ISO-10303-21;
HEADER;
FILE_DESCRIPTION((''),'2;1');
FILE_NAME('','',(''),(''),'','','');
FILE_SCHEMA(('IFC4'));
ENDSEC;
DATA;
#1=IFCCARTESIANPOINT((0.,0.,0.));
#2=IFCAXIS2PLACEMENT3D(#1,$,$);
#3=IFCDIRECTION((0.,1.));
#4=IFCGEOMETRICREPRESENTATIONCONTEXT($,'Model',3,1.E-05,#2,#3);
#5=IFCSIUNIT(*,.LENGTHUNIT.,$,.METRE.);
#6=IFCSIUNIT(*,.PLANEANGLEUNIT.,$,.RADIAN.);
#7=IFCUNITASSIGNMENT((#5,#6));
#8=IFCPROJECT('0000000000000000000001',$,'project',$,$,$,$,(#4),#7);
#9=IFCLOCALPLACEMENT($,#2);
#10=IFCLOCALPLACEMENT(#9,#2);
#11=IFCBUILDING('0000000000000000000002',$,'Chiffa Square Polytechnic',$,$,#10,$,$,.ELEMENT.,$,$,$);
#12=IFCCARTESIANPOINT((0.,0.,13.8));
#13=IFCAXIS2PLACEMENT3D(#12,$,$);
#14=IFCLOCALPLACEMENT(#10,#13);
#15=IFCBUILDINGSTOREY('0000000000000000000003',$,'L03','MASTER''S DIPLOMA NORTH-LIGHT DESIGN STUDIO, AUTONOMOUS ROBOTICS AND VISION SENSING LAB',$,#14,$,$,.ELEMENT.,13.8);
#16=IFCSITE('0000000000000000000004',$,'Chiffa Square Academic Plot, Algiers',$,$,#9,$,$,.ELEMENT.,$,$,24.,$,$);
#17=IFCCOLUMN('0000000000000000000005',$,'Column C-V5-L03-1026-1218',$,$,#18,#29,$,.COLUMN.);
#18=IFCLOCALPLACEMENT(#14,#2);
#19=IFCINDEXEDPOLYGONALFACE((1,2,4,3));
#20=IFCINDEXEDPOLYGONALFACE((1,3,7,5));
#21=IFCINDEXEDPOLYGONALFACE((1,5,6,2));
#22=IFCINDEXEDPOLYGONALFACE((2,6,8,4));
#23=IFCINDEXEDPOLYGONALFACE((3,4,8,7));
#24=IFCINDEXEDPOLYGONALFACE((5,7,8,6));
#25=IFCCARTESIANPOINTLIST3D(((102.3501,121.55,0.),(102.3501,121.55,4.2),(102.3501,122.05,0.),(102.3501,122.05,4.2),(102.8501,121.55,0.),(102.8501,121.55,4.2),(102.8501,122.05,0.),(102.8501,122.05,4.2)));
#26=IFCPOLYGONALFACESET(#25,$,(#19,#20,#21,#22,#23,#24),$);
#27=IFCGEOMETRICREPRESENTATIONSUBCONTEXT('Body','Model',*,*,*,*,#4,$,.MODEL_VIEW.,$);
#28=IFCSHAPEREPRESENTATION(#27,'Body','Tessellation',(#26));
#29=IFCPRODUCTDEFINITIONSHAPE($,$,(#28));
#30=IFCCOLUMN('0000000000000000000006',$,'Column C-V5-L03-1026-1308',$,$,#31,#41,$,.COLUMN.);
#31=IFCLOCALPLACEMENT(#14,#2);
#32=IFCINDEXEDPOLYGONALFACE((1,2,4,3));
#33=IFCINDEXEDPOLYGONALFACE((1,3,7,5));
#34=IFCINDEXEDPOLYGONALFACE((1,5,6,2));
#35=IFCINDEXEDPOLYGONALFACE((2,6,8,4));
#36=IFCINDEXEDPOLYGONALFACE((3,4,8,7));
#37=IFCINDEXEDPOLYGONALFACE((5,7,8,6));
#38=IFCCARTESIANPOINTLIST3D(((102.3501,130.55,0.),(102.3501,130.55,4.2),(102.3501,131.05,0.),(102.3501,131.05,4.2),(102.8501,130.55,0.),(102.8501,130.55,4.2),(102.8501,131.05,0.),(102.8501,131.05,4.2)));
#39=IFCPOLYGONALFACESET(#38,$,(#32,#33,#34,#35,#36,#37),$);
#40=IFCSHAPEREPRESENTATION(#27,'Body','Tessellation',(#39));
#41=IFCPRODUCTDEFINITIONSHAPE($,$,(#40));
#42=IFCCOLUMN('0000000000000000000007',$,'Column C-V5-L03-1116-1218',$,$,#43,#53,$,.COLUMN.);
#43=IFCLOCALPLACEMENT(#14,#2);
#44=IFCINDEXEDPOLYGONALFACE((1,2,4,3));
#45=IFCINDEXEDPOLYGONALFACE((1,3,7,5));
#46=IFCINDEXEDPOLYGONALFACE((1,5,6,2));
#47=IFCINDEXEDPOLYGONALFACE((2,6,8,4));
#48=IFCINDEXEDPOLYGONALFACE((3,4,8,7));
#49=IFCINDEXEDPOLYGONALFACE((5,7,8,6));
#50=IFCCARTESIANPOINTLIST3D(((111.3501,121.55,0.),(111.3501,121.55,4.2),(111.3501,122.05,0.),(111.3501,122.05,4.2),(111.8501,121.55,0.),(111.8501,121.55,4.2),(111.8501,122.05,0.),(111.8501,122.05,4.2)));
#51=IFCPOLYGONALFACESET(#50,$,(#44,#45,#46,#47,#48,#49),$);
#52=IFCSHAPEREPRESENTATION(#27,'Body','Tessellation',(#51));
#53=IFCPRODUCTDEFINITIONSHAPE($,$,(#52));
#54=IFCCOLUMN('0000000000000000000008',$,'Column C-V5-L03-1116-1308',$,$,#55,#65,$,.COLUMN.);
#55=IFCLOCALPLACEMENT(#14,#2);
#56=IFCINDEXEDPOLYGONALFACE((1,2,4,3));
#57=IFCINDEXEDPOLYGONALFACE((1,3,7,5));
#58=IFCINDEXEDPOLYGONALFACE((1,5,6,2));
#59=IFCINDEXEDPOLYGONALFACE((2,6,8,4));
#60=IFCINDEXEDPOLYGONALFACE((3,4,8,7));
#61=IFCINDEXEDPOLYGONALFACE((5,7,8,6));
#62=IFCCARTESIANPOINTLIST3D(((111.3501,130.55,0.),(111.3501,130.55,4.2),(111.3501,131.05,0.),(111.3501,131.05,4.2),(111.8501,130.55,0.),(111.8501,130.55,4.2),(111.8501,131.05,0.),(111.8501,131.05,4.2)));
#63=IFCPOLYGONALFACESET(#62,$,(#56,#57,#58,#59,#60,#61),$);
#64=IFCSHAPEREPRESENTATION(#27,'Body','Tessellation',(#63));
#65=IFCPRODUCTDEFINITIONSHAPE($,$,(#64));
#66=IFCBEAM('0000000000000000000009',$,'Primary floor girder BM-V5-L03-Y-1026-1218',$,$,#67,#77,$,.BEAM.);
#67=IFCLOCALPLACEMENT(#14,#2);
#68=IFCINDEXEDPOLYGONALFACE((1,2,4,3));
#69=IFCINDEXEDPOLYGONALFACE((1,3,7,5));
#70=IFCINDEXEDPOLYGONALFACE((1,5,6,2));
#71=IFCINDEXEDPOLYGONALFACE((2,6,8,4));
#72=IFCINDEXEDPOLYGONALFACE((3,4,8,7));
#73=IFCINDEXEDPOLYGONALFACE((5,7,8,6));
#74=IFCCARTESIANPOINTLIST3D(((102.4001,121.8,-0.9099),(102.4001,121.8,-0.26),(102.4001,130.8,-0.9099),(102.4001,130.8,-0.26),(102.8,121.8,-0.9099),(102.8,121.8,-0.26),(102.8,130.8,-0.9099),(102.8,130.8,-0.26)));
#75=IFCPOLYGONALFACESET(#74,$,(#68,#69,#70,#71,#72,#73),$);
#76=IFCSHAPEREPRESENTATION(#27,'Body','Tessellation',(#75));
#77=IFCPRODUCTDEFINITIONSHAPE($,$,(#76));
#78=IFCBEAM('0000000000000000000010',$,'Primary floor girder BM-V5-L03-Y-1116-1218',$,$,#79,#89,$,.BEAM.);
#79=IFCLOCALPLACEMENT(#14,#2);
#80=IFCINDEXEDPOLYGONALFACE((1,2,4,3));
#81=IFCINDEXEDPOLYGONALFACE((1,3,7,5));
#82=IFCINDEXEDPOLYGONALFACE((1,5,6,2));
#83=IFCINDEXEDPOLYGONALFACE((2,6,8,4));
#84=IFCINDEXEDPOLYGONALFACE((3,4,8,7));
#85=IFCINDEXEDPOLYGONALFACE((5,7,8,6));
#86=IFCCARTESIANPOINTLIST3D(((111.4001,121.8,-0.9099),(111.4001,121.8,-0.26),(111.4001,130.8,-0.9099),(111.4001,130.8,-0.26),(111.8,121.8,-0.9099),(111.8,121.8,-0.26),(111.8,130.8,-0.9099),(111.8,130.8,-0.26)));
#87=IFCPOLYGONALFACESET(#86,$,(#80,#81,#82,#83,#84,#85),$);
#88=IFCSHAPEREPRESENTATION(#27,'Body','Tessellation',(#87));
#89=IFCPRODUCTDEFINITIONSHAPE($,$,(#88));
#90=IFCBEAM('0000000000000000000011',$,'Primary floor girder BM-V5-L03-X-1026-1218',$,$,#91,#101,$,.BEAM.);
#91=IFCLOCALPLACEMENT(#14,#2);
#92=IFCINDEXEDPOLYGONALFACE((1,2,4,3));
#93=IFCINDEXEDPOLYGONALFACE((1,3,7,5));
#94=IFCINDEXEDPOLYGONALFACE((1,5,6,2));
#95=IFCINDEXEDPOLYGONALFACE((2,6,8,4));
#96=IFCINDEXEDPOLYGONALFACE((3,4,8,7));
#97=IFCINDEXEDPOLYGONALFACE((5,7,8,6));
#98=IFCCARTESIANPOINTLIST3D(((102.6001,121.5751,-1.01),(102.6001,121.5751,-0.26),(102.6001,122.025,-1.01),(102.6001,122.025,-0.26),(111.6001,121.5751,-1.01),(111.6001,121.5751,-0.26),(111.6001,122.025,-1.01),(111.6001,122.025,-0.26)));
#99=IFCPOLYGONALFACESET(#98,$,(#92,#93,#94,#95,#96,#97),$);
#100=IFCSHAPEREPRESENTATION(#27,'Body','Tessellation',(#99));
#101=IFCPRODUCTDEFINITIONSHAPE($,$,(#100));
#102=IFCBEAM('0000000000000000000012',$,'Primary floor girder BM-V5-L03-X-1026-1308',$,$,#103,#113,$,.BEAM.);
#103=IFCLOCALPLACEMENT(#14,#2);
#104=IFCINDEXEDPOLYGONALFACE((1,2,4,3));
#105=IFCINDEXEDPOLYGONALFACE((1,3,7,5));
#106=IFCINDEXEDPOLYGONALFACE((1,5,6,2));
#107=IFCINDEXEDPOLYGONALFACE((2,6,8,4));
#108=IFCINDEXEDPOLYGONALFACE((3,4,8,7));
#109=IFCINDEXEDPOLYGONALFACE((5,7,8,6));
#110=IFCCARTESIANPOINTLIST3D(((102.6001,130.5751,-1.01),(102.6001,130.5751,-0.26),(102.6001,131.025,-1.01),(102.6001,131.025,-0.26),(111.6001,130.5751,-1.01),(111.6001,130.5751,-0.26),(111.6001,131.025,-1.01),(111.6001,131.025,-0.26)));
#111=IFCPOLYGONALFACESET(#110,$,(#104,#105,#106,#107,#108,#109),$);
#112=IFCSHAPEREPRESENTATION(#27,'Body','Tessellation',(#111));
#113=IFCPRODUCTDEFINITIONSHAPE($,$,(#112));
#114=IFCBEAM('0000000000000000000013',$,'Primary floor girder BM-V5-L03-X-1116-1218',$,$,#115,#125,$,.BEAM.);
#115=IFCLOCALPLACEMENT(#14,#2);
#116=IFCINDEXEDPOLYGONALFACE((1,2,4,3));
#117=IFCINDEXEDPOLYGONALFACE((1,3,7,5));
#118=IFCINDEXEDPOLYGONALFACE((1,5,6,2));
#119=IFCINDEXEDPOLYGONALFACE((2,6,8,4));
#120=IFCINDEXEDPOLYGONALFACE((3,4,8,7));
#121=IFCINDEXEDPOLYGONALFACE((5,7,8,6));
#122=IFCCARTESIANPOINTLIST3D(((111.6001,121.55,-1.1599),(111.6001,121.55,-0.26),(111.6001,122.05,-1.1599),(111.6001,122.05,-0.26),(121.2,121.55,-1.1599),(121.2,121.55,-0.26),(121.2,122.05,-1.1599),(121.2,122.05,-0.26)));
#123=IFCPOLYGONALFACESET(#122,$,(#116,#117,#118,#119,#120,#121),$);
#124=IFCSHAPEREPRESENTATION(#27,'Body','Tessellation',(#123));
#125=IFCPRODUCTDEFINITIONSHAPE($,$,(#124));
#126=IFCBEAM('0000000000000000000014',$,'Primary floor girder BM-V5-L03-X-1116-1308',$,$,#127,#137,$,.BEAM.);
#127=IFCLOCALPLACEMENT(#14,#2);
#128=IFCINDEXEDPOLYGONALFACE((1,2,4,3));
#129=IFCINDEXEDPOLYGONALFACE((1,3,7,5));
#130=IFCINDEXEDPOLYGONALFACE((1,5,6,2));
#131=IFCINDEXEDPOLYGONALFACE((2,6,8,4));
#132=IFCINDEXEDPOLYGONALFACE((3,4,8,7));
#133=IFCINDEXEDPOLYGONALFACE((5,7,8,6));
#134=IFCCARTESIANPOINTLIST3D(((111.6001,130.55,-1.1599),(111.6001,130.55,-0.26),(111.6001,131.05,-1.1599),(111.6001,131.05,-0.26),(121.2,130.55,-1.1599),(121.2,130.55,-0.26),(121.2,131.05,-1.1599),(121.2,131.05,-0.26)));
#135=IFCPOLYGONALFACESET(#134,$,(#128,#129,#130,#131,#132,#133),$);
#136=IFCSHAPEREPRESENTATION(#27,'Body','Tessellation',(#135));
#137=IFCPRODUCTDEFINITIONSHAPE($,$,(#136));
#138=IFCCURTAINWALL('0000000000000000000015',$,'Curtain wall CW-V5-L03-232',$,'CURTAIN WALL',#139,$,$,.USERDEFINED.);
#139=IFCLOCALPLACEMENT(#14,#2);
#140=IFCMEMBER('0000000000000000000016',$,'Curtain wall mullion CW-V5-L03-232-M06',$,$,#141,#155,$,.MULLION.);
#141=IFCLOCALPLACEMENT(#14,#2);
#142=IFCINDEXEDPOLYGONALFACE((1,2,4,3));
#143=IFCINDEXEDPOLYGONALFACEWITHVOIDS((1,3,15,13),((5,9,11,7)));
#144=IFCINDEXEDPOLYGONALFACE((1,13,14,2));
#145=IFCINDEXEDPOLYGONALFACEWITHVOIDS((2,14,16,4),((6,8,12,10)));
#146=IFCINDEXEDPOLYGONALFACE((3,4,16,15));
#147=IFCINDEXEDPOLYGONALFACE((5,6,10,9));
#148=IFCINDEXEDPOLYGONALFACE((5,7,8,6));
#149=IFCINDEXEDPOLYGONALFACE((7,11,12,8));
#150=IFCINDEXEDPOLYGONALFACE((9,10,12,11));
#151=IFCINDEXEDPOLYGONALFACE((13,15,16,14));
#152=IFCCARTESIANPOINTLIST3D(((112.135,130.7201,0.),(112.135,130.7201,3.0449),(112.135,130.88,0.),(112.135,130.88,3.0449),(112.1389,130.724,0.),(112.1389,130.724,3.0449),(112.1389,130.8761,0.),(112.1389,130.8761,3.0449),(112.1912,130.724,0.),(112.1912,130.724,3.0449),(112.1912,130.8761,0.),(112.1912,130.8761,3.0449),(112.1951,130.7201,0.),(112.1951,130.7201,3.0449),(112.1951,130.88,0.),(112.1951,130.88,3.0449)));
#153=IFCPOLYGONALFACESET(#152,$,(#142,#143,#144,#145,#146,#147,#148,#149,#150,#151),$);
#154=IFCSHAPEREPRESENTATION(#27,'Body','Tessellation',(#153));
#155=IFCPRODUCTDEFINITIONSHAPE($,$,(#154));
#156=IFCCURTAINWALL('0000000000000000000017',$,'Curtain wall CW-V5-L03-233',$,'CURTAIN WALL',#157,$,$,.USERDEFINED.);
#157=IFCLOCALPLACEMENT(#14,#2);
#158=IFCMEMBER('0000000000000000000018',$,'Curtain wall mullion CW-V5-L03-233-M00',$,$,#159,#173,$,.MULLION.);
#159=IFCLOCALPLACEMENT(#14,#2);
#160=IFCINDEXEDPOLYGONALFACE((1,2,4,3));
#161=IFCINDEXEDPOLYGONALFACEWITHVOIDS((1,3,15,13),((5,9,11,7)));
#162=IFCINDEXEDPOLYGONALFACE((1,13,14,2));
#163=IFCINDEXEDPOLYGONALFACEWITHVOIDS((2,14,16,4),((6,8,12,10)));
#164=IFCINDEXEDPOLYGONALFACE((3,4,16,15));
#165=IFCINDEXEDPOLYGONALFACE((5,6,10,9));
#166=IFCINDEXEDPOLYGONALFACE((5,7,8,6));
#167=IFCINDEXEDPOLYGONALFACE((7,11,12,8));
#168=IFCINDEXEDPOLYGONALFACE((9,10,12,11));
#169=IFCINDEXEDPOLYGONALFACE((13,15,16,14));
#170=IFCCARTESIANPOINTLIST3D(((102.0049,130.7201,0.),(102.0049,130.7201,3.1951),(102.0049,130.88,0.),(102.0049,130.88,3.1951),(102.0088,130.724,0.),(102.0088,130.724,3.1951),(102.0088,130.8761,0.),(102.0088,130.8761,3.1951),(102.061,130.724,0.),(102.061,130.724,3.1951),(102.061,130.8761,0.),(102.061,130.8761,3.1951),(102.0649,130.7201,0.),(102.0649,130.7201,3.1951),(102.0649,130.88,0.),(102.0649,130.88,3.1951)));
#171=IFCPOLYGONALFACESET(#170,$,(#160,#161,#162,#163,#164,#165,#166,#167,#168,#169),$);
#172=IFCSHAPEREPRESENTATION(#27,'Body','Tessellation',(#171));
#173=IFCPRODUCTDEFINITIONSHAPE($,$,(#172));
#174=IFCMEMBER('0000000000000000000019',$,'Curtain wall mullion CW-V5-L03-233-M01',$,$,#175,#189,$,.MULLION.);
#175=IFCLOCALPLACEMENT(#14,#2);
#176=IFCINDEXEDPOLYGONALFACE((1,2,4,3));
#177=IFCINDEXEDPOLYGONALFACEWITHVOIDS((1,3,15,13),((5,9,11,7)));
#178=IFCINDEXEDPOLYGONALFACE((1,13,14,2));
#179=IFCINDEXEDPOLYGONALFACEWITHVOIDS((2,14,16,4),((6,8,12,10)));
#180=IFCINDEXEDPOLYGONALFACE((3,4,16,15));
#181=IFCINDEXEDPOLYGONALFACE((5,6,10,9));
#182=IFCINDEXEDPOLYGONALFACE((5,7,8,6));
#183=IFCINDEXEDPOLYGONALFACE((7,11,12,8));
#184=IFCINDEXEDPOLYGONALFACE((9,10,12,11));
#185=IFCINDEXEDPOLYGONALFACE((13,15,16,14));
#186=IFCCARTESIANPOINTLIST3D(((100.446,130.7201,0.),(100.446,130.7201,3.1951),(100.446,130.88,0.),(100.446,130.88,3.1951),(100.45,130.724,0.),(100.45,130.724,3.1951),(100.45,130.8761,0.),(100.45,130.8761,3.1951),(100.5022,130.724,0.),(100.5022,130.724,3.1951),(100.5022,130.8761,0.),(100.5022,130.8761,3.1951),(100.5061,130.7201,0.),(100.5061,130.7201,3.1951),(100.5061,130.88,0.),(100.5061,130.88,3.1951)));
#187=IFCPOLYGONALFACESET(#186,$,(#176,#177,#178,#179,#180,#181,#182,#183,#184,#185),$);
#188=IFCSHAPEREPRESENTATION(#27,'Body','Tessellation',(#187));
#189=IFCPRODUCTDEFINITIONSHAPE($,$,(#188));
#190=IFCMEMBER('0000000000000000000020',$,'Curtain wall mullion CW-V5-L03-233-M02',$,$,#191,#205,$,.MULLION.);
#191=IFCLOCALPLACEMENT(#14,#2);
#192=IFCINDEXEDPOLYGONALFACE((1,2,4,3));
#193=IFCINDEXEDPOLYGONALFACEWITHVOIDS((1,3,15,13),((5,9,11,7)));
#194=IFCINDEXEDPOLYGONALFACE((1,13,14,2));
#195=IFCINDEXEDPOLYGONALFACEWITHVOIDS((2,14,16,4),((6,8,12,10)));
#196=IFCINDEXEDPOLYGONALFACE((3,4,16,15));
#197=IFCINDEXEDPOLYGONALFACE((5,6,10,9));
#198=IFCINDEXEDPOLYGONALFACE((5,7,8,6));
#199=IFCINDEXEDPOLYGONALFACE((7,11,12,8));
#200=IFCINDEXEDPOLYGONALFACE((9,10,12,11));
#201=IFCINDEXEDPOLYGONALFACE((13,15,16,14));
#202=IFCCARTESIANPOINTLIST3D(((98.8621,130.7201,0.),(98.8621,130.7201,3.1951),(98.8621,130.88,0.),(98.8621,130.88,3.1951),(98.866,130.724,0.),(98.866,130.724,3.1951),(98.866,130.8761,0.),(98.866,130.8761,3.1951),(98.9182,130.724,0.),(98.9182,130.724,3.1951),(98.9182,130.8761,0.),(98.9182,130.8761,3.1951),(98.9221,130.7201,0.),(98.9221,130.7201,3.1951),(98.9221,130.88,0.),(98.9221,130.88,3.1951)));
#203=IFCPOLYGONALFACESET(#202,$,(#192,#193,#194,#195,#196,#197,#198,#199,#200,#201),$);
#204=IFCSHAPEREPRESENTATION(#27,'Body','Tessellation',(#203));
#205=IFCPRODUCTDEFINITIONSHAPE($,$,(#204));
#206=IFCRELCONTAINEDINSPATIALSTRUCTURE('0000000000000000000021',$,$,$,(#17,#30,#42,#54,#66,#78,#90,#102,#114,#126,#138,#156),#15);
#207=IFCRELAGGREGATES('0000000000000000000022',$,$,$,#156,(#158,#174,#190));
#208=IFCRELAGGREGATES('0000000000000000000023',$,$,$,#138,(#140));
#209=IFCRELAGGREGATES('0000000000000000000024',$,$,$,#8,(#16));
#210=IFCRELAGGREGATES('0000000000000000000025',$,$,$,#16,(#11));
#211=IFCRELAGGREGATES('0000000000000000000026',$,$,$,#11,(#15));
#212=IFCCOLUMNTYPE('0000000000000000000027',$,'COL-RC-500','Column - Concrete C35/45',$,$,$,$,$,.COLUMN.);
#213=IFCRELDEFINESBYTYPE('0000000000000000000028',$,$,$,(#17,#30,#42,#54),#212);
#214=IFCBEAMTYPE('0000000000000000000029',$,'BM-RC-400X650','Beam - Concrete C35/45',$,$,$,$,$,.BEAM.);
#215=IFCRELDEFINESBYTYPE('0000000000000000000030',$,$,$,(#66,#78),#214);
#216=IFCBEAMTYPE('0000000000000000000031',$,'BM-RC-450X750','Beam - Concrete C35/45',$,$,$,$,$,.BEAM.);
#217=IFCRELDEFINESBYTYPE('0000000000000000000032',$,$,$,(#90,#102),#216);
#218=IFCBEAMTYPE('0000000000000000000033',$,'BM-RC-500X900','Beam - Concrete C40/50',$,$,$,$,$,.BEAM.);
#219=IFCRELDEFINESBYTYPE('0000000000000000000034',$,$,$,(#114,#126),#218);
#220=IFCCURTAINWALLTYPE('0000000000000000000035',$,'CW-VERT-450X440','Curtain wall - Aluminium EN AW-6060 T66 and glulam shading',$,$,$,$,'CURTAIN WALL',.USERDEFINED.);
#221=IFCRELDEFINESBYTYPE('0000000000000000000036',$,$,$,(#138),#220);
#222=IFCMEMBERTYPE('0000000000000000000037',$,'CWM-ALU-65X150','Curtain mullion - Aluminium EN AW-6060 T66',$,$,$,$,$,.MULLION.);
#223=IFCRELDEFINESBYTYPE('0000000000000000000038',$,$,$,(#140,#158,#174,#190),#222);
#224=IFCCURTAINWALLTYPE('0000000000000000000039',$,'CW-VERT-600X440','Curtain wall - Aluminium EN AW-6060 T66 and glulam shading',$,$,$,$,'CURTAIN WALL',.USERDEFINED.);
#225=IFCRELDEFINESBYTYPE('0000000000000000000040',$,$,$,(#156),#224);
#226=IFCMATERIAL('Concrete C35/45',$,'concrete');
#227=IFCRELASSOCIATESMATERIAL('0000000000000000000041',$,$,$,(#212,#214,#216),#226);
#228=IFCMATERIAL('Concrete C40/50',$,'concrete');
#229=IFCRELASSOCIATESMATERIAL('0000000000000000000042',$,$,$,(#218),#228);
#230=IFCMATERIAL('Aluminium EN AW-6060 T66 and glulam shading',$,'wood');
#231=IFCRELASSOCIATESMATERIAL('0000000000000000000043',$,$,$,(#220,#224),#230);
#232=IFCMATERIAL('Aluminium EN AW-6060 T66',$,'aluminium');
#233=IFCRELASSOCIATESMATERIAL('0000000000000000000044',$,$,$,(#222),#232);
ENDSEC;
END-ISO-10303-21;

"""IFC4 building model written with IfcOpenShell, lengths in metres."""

from ifc_helpers import new_model, si_unit, direction, frame, origin, origin_2d, place, context, subcontext, project, spatial, rectangle, hollow_rectangle, extrude, material, material_profile, profile_set, type_object, element, aggregate, save


model = new_model("IFC4")

# Units and contexts
model_context = context("Model", 3, precision=1e-05, world=origin(), true_north=direction((0.0, 1.0)))
body_context = subcontext(model_context, "Body", "Model", "MODEL_VIEW")
ifc_project = project(units=[si_unit("LENGTHUNIT", "METRE"), si_unit("PLANEANGLEUNIT", "RADIAN")], contexts=[model_context])

# Site, building, storey
site_placement = place(None, origin())
site = spatial("IfcSite", under=ifc_project, at=site_placement, Name="Chiffa Square Academic Plot, Algiers", CompositionType="ELEMENT", RefElevation=24.0)
building_placement = place(site_placement, origin())
building = spatial("IfcBuilding", under=site, at=building_placement, Name="Chiffa Square Polytechnic", CompositionType="ELEMENT")
storey_placement = place(building_placement, frame((0.0, 0.0, 13.8)))
storey = spatial("IfcBuildingStorey", under=building, at=storey_placement, Name="L03", Description="MASTER'S DIPLOMA NORTH-LIGHT DESIGN STUDIO, AUTONOMOUS ROBOTICS AND VISION SENSING LAB", CompositionType="ELEMENT", Elevation=13.8)

# Columns
ifc_material_1 = material(Name="Concrete C35/45", Category="concrete")
ifc_material_profile_1 = material_profile(ifc_material_1, rectangle(XDim=0.5, YDim=0.5, at=origin_2d()), Name="RC 500x500")
ifc_profile_set_1 = profile_set([ifc_material_profile_1], Name="Concrete C35/45")
column_type = type_object("IfcColumnType", Name="COL-RC-500", Description="Column - Concrete C35/45", PredefinedType="COLUMN", material=ifc_profile_set_1)
for number, where, z_axis, x_axis, name in (
    (1, (102.6001, 121.8, 0.0), (0.0, 0.0, 1.0), (1.0, 0.0, 0.0), "Column C-V5-L03-1026-1218"),
    (2, (102.6001, 130.8, 0.0), (0.0, 0.0, 1.0), (1.0, 0.0, 0.0), "Column C-V5-L03-1026-1308"),
    (3, (111.6001, 121.8, 0.0), (0.0, 0.0, 1.0), (1.0, 0.0, 0.0), "Column C-V5-L03-1116-1218"),
    (4, (111.6001, 130.8, 0.0), (0.0, 0.0, 1.0), (1.0, 0.0, 0.0), "Column C-V5-L03-1116-1308"),
):
    element("IfcColumn", number, at=place(storey_placement, frame(where, z_axis=z_axis, x_axis=x_axis)), inside=storey, type_object=column_type, Name=name, PredefinedType="COLUMN", context=body_context, shape_type="SweptSolid", body=[
        extrude(rectangle(XDim=0.5, YDim=0.5, at=origin_2d()), origin(), (0.0, 0.0, 1.0), 4.2),
    ])

# Beams
ifc_material_profile_2 = material_profile(ifc_material_1, rectangle(XDim=0.3999, YDim=0.6499, at=origin_2d()), Name="RC 400x650")
ifc_profile_set_2 = profile_set([ifc_material_profile_2], Name="Concrete C35/45")
beam_type_1 = type_object("IfcBeamType", Name="BM-RC-400X650", Description="Beam - Concrete C35/45", PredefinedType="BEAM", material=ifc_profile_set_2)
for number, where, z_axis, x_axis, name in (
    (5, (102.6001, 121.8, -0.585), (0.0, 1.0, 0.0), (-1.0, 0.0, 0.0), "Primary floor girder BM-V5-L03-Y-1026-1218"),
    (6, (111.6001, 121.8, -0.585), (0.0, 1.0, 0.0), (-1.0, 0.0, 0.0), "Primary floor girder BM-V5-L03-Y-1116-1218"),
):
    element("IfcBeam", number, at=place(storey_placement, frame(where, z_axis=z_axis, x_axis=x_axis)), inside=storey, type_object=beam_type_1, Name=name, PredefinedType="BEAM", context=body_context, shape_type="SweptSolid", body=[
        extrude(rectangle(XDim=0.3999, YDim=0.6499, at=origin_2d()), origin(), (0.0, 0.0, 1.0), 9.0),
    ])
ifc_material_profile_3 = material_profile(ifc_material_1, rectangle(XDim=0.45, YDim=0.75, at=origin_2d()), Name="RC 450x750")
ifc_profile_set_3 = profile_set([ifc_material_profile_3], Name="Concrete C35/45")
beam_type_2 = type_object("IfcBeamType", Name="BM-RC-450X750", Description="Beam - Concrete C35/45", PredefinedType="BEAM", material=ifc_profile_set_3)
for number, where, z_axis, x_axis, name in (
    (7, (102.6001, 121.8, -0.635), (1.0, 0.0, 0.0), (0.0, 1.0, 0.0), "Primary floor girder BM-V5-L03-X-1026-1218"),
    (8, (102.6001, 130.8, -0.635), (1.0, 0.0, 0.0), (0.0, 1.0, 0.0), "Primary floor girder BM-V5-L03-X-1026-1308"),
):
    element("IfcBeam", number, at=place(storey_placement, frame(where, z_axis=z_axis, x_axis=x_axis)), inside=storey, type_object=beam_type_2, Name=name, PredefinedType="BEAM", context=body_context, shape_type="SweptSolid", body=[
        extrude(rectangle(XDim=0.45, YDim=0.75, at=origin_2d()), origin(), (0.0, 0.0, 1.0), 9.0),
    ])
ifc_material_2 = material(Name="Concrete C40/50", Category="concrete")
ifc_material_profile_4 = material_profile(ifc_material_2, rectangle(XDim=0.5, YDim=0.8999, at=origin_2d()), Name="RC 500x900")
ifc_profile_set_4 = profile_set([ifc_material_profile_4], Name="Concrete C40/50")
beam_type_3 = type_object("IfcBeamType", Name="BM-RC-500X900", Description="Beam - Concrete C40/50", PredefinedType="BEAM", material=ifc_profile_set_4)
for number, where, z_axis, x_axis, name in (
    (9, (111.6001, 121.8, -0.71), (1.0, 0.0, 0.0), (0.0, 1.0, 0.0), "Primary floor girder BM-V5-L03-X-1116-1218"),
    (10, (111.6001, 130.8, -0.71), (1.0, 0.0, 0.0), (0.0, 1.0, 0.0), "Primary floor girder BM-V5-L03-X-1116-1308"),
):
    element("IfcBeam", number, at=place(storey_placement, frame(where, z_axis=z_axis, x_axis=x_axis)), inside=storey, type_object=beam_type_3, Name=name, PredefinedType="BEAM", context=body_context, shape_type="SweptSolid", body=[
        extrude(rectangle(XDim=0.5, YDim=0.8999, at=origin_2d()), origin(), (0.0, 0.0, 1.0), 9.5999),
    ])

# Curtain wall, member
ifc_material_3 = material(Name="Aluminium EN AW-6060 T66 and glulam shading", Category="wood")
curtain_wall_type_1 = type_object("IfcCurtainWallType", Name="CW-VERT-450X440", Description="Curtain wall - Aluminium EN AW-6060 T66 and glulam shading", ElementType="CURTAIN WALL", PredefinedType="USERDEFINED", material=ifc_material_3)
curtain_wall_1_placement = place(storey_placement, origin())
curtain_wall_1 = element("IfcCurtainWall", 11, at=curtain_wall_1_placement, inside=storey, type_object=curtain_wall_type_1, Name="Curtain wall CW-V5-L03-232", ObjectType="CURTAIN WALL", PredefinedType="USERDEFINED")
ifc_material_4 = material(Name="Aluminium EN AW-6060 T66", Category="aluminium")
ifc_material_profile_5 = material_profile(ifc_material_4, hollow_rectangle(XDim=0.0601, YDim=0.1599, WallThickness=0.0039, at=origin_2d()), Name="ALU 60x160x4")
ifc_profile_set_5 = profile_set([ifc_material_profile_5], Name="Aluminium EN AW-6060 T66")
member_type_1 = type_object("IfcMemberType", Name="CWM-ALU-65X150", Description="Curtain mullion - Aluminium EN AW-6060 T66", PredefinedType="MULLION", material=ifc_profile_set_5)
member_1_placement = place(storey_placement, frame((112.165, 130.8, 0.0), z_axis=(0.0, 0.0, 1.0), x_axis=(1.0, 0.0, 0.0)))
member_1 = element("IfcMember", 12, at=member_1_placement, type_object=member_type_1, Name="Curtain wall mullion CW-V5-L03-232-M06", PredefinedType="MULLION", context=body_context, shape_type="SweptSolid", body=[
    extrude(hollow_rectangle(XDim=0.0601, YDim=0.1599, WallThickness=0.0039, at=origin_2d()), origin(), (0.0, 0.0, 1.0), 3.0449),
])

# Curtain wall, members
curtain_wall_type_2 = type_object("IfcCurtainWallType", Name="CW-VERT-600X440", Description="Curtain wall - Aluminium EN AW-6060 T66 and glulam shading", ElementType="CURTAIN WALL", PredefinedType="USERDEFINED", material=ifc_material_3)
curtain_wall_2_placement = place(storey_placement, origin())
curtain_wall_2 = element("IfcCurtainWall", 13, at=curtain_wall_2_placement, inside=storey, type_object=curtain_wall_type_2, Name="Curtain wall CW-V5-L03-233", ObjectType="CURTAIN WALL", PredefinedType="USERDEFINED")
member_2_placement = place(storey_placement, frame((102.0349, 130.8, 0.0), z_axis=(0.0, 0.0, 1.0), x_axis=(1.0, 0.0, 0.0)))
member_2 = element("IfcMember", 14, at=member_2_placement, type_object=member_type_1, Name="Curtain wall mullion CW-V5-L03-233-M00", PredefinedType="MULLION", context=body_context, shape_type="SweptSolid", body=[
    extrude(hollow_rectangle(XDim=0.0601, YDim=0.1599, WallThickness=0.0039, at=origin_2d()), origin(), (0.0, 0.0, 1.0), 3.1951),
])
member_3_placement = place(storey_placement, frame((100.4761, 130.8, 0.0), z_axis=(0.0, 0.0, 1.0), x_axis=(1.0, 0.0, 0.0)))
member_3 = element("IfcMember", 15, at=member_3_placement, type_object=member_type_1, Name="Curtain wall mullion CW-V5-L03-233-M01", PredefinedType="MULLION", context=body_context, shape_type="SweptSolid", body=[
    extrude(hollow_rectangle(XDim=0.0601, YDim=0.1599, WallThickness=0.0039, at=origin_2d()), origin(), (0.0, 0.0, 1.0), 3.1951),
])
member_4_placement = place(storey_placement, frame((98.8921, 130.8, 0.0), z_axis=(0.0, 0.0, 1.0), x_axis=(1.0, 0.0, 0.0)))
member_4 = element("IfcMember", 16, at=member_4_placement, type_object=member_type_1, Name="Curtain wall mullion CW-V5-L03-233-M02", PredefinedType="MULLION", context=body_context, shape_type="SweptSolid", body=[
    extrude(hollow_rectangle(XDim=0.0601, YDim=0.1599, WallThickness=0.0039, at=origin_2d()), origin(), (0.0, 0.0, 1.0), 3.1951),
])

aggregate(curtain_wall_2, [member_2, member_3, member_4])
aggregate(curtain_wall_1, [member_1])

save(model, "model.ifc")
